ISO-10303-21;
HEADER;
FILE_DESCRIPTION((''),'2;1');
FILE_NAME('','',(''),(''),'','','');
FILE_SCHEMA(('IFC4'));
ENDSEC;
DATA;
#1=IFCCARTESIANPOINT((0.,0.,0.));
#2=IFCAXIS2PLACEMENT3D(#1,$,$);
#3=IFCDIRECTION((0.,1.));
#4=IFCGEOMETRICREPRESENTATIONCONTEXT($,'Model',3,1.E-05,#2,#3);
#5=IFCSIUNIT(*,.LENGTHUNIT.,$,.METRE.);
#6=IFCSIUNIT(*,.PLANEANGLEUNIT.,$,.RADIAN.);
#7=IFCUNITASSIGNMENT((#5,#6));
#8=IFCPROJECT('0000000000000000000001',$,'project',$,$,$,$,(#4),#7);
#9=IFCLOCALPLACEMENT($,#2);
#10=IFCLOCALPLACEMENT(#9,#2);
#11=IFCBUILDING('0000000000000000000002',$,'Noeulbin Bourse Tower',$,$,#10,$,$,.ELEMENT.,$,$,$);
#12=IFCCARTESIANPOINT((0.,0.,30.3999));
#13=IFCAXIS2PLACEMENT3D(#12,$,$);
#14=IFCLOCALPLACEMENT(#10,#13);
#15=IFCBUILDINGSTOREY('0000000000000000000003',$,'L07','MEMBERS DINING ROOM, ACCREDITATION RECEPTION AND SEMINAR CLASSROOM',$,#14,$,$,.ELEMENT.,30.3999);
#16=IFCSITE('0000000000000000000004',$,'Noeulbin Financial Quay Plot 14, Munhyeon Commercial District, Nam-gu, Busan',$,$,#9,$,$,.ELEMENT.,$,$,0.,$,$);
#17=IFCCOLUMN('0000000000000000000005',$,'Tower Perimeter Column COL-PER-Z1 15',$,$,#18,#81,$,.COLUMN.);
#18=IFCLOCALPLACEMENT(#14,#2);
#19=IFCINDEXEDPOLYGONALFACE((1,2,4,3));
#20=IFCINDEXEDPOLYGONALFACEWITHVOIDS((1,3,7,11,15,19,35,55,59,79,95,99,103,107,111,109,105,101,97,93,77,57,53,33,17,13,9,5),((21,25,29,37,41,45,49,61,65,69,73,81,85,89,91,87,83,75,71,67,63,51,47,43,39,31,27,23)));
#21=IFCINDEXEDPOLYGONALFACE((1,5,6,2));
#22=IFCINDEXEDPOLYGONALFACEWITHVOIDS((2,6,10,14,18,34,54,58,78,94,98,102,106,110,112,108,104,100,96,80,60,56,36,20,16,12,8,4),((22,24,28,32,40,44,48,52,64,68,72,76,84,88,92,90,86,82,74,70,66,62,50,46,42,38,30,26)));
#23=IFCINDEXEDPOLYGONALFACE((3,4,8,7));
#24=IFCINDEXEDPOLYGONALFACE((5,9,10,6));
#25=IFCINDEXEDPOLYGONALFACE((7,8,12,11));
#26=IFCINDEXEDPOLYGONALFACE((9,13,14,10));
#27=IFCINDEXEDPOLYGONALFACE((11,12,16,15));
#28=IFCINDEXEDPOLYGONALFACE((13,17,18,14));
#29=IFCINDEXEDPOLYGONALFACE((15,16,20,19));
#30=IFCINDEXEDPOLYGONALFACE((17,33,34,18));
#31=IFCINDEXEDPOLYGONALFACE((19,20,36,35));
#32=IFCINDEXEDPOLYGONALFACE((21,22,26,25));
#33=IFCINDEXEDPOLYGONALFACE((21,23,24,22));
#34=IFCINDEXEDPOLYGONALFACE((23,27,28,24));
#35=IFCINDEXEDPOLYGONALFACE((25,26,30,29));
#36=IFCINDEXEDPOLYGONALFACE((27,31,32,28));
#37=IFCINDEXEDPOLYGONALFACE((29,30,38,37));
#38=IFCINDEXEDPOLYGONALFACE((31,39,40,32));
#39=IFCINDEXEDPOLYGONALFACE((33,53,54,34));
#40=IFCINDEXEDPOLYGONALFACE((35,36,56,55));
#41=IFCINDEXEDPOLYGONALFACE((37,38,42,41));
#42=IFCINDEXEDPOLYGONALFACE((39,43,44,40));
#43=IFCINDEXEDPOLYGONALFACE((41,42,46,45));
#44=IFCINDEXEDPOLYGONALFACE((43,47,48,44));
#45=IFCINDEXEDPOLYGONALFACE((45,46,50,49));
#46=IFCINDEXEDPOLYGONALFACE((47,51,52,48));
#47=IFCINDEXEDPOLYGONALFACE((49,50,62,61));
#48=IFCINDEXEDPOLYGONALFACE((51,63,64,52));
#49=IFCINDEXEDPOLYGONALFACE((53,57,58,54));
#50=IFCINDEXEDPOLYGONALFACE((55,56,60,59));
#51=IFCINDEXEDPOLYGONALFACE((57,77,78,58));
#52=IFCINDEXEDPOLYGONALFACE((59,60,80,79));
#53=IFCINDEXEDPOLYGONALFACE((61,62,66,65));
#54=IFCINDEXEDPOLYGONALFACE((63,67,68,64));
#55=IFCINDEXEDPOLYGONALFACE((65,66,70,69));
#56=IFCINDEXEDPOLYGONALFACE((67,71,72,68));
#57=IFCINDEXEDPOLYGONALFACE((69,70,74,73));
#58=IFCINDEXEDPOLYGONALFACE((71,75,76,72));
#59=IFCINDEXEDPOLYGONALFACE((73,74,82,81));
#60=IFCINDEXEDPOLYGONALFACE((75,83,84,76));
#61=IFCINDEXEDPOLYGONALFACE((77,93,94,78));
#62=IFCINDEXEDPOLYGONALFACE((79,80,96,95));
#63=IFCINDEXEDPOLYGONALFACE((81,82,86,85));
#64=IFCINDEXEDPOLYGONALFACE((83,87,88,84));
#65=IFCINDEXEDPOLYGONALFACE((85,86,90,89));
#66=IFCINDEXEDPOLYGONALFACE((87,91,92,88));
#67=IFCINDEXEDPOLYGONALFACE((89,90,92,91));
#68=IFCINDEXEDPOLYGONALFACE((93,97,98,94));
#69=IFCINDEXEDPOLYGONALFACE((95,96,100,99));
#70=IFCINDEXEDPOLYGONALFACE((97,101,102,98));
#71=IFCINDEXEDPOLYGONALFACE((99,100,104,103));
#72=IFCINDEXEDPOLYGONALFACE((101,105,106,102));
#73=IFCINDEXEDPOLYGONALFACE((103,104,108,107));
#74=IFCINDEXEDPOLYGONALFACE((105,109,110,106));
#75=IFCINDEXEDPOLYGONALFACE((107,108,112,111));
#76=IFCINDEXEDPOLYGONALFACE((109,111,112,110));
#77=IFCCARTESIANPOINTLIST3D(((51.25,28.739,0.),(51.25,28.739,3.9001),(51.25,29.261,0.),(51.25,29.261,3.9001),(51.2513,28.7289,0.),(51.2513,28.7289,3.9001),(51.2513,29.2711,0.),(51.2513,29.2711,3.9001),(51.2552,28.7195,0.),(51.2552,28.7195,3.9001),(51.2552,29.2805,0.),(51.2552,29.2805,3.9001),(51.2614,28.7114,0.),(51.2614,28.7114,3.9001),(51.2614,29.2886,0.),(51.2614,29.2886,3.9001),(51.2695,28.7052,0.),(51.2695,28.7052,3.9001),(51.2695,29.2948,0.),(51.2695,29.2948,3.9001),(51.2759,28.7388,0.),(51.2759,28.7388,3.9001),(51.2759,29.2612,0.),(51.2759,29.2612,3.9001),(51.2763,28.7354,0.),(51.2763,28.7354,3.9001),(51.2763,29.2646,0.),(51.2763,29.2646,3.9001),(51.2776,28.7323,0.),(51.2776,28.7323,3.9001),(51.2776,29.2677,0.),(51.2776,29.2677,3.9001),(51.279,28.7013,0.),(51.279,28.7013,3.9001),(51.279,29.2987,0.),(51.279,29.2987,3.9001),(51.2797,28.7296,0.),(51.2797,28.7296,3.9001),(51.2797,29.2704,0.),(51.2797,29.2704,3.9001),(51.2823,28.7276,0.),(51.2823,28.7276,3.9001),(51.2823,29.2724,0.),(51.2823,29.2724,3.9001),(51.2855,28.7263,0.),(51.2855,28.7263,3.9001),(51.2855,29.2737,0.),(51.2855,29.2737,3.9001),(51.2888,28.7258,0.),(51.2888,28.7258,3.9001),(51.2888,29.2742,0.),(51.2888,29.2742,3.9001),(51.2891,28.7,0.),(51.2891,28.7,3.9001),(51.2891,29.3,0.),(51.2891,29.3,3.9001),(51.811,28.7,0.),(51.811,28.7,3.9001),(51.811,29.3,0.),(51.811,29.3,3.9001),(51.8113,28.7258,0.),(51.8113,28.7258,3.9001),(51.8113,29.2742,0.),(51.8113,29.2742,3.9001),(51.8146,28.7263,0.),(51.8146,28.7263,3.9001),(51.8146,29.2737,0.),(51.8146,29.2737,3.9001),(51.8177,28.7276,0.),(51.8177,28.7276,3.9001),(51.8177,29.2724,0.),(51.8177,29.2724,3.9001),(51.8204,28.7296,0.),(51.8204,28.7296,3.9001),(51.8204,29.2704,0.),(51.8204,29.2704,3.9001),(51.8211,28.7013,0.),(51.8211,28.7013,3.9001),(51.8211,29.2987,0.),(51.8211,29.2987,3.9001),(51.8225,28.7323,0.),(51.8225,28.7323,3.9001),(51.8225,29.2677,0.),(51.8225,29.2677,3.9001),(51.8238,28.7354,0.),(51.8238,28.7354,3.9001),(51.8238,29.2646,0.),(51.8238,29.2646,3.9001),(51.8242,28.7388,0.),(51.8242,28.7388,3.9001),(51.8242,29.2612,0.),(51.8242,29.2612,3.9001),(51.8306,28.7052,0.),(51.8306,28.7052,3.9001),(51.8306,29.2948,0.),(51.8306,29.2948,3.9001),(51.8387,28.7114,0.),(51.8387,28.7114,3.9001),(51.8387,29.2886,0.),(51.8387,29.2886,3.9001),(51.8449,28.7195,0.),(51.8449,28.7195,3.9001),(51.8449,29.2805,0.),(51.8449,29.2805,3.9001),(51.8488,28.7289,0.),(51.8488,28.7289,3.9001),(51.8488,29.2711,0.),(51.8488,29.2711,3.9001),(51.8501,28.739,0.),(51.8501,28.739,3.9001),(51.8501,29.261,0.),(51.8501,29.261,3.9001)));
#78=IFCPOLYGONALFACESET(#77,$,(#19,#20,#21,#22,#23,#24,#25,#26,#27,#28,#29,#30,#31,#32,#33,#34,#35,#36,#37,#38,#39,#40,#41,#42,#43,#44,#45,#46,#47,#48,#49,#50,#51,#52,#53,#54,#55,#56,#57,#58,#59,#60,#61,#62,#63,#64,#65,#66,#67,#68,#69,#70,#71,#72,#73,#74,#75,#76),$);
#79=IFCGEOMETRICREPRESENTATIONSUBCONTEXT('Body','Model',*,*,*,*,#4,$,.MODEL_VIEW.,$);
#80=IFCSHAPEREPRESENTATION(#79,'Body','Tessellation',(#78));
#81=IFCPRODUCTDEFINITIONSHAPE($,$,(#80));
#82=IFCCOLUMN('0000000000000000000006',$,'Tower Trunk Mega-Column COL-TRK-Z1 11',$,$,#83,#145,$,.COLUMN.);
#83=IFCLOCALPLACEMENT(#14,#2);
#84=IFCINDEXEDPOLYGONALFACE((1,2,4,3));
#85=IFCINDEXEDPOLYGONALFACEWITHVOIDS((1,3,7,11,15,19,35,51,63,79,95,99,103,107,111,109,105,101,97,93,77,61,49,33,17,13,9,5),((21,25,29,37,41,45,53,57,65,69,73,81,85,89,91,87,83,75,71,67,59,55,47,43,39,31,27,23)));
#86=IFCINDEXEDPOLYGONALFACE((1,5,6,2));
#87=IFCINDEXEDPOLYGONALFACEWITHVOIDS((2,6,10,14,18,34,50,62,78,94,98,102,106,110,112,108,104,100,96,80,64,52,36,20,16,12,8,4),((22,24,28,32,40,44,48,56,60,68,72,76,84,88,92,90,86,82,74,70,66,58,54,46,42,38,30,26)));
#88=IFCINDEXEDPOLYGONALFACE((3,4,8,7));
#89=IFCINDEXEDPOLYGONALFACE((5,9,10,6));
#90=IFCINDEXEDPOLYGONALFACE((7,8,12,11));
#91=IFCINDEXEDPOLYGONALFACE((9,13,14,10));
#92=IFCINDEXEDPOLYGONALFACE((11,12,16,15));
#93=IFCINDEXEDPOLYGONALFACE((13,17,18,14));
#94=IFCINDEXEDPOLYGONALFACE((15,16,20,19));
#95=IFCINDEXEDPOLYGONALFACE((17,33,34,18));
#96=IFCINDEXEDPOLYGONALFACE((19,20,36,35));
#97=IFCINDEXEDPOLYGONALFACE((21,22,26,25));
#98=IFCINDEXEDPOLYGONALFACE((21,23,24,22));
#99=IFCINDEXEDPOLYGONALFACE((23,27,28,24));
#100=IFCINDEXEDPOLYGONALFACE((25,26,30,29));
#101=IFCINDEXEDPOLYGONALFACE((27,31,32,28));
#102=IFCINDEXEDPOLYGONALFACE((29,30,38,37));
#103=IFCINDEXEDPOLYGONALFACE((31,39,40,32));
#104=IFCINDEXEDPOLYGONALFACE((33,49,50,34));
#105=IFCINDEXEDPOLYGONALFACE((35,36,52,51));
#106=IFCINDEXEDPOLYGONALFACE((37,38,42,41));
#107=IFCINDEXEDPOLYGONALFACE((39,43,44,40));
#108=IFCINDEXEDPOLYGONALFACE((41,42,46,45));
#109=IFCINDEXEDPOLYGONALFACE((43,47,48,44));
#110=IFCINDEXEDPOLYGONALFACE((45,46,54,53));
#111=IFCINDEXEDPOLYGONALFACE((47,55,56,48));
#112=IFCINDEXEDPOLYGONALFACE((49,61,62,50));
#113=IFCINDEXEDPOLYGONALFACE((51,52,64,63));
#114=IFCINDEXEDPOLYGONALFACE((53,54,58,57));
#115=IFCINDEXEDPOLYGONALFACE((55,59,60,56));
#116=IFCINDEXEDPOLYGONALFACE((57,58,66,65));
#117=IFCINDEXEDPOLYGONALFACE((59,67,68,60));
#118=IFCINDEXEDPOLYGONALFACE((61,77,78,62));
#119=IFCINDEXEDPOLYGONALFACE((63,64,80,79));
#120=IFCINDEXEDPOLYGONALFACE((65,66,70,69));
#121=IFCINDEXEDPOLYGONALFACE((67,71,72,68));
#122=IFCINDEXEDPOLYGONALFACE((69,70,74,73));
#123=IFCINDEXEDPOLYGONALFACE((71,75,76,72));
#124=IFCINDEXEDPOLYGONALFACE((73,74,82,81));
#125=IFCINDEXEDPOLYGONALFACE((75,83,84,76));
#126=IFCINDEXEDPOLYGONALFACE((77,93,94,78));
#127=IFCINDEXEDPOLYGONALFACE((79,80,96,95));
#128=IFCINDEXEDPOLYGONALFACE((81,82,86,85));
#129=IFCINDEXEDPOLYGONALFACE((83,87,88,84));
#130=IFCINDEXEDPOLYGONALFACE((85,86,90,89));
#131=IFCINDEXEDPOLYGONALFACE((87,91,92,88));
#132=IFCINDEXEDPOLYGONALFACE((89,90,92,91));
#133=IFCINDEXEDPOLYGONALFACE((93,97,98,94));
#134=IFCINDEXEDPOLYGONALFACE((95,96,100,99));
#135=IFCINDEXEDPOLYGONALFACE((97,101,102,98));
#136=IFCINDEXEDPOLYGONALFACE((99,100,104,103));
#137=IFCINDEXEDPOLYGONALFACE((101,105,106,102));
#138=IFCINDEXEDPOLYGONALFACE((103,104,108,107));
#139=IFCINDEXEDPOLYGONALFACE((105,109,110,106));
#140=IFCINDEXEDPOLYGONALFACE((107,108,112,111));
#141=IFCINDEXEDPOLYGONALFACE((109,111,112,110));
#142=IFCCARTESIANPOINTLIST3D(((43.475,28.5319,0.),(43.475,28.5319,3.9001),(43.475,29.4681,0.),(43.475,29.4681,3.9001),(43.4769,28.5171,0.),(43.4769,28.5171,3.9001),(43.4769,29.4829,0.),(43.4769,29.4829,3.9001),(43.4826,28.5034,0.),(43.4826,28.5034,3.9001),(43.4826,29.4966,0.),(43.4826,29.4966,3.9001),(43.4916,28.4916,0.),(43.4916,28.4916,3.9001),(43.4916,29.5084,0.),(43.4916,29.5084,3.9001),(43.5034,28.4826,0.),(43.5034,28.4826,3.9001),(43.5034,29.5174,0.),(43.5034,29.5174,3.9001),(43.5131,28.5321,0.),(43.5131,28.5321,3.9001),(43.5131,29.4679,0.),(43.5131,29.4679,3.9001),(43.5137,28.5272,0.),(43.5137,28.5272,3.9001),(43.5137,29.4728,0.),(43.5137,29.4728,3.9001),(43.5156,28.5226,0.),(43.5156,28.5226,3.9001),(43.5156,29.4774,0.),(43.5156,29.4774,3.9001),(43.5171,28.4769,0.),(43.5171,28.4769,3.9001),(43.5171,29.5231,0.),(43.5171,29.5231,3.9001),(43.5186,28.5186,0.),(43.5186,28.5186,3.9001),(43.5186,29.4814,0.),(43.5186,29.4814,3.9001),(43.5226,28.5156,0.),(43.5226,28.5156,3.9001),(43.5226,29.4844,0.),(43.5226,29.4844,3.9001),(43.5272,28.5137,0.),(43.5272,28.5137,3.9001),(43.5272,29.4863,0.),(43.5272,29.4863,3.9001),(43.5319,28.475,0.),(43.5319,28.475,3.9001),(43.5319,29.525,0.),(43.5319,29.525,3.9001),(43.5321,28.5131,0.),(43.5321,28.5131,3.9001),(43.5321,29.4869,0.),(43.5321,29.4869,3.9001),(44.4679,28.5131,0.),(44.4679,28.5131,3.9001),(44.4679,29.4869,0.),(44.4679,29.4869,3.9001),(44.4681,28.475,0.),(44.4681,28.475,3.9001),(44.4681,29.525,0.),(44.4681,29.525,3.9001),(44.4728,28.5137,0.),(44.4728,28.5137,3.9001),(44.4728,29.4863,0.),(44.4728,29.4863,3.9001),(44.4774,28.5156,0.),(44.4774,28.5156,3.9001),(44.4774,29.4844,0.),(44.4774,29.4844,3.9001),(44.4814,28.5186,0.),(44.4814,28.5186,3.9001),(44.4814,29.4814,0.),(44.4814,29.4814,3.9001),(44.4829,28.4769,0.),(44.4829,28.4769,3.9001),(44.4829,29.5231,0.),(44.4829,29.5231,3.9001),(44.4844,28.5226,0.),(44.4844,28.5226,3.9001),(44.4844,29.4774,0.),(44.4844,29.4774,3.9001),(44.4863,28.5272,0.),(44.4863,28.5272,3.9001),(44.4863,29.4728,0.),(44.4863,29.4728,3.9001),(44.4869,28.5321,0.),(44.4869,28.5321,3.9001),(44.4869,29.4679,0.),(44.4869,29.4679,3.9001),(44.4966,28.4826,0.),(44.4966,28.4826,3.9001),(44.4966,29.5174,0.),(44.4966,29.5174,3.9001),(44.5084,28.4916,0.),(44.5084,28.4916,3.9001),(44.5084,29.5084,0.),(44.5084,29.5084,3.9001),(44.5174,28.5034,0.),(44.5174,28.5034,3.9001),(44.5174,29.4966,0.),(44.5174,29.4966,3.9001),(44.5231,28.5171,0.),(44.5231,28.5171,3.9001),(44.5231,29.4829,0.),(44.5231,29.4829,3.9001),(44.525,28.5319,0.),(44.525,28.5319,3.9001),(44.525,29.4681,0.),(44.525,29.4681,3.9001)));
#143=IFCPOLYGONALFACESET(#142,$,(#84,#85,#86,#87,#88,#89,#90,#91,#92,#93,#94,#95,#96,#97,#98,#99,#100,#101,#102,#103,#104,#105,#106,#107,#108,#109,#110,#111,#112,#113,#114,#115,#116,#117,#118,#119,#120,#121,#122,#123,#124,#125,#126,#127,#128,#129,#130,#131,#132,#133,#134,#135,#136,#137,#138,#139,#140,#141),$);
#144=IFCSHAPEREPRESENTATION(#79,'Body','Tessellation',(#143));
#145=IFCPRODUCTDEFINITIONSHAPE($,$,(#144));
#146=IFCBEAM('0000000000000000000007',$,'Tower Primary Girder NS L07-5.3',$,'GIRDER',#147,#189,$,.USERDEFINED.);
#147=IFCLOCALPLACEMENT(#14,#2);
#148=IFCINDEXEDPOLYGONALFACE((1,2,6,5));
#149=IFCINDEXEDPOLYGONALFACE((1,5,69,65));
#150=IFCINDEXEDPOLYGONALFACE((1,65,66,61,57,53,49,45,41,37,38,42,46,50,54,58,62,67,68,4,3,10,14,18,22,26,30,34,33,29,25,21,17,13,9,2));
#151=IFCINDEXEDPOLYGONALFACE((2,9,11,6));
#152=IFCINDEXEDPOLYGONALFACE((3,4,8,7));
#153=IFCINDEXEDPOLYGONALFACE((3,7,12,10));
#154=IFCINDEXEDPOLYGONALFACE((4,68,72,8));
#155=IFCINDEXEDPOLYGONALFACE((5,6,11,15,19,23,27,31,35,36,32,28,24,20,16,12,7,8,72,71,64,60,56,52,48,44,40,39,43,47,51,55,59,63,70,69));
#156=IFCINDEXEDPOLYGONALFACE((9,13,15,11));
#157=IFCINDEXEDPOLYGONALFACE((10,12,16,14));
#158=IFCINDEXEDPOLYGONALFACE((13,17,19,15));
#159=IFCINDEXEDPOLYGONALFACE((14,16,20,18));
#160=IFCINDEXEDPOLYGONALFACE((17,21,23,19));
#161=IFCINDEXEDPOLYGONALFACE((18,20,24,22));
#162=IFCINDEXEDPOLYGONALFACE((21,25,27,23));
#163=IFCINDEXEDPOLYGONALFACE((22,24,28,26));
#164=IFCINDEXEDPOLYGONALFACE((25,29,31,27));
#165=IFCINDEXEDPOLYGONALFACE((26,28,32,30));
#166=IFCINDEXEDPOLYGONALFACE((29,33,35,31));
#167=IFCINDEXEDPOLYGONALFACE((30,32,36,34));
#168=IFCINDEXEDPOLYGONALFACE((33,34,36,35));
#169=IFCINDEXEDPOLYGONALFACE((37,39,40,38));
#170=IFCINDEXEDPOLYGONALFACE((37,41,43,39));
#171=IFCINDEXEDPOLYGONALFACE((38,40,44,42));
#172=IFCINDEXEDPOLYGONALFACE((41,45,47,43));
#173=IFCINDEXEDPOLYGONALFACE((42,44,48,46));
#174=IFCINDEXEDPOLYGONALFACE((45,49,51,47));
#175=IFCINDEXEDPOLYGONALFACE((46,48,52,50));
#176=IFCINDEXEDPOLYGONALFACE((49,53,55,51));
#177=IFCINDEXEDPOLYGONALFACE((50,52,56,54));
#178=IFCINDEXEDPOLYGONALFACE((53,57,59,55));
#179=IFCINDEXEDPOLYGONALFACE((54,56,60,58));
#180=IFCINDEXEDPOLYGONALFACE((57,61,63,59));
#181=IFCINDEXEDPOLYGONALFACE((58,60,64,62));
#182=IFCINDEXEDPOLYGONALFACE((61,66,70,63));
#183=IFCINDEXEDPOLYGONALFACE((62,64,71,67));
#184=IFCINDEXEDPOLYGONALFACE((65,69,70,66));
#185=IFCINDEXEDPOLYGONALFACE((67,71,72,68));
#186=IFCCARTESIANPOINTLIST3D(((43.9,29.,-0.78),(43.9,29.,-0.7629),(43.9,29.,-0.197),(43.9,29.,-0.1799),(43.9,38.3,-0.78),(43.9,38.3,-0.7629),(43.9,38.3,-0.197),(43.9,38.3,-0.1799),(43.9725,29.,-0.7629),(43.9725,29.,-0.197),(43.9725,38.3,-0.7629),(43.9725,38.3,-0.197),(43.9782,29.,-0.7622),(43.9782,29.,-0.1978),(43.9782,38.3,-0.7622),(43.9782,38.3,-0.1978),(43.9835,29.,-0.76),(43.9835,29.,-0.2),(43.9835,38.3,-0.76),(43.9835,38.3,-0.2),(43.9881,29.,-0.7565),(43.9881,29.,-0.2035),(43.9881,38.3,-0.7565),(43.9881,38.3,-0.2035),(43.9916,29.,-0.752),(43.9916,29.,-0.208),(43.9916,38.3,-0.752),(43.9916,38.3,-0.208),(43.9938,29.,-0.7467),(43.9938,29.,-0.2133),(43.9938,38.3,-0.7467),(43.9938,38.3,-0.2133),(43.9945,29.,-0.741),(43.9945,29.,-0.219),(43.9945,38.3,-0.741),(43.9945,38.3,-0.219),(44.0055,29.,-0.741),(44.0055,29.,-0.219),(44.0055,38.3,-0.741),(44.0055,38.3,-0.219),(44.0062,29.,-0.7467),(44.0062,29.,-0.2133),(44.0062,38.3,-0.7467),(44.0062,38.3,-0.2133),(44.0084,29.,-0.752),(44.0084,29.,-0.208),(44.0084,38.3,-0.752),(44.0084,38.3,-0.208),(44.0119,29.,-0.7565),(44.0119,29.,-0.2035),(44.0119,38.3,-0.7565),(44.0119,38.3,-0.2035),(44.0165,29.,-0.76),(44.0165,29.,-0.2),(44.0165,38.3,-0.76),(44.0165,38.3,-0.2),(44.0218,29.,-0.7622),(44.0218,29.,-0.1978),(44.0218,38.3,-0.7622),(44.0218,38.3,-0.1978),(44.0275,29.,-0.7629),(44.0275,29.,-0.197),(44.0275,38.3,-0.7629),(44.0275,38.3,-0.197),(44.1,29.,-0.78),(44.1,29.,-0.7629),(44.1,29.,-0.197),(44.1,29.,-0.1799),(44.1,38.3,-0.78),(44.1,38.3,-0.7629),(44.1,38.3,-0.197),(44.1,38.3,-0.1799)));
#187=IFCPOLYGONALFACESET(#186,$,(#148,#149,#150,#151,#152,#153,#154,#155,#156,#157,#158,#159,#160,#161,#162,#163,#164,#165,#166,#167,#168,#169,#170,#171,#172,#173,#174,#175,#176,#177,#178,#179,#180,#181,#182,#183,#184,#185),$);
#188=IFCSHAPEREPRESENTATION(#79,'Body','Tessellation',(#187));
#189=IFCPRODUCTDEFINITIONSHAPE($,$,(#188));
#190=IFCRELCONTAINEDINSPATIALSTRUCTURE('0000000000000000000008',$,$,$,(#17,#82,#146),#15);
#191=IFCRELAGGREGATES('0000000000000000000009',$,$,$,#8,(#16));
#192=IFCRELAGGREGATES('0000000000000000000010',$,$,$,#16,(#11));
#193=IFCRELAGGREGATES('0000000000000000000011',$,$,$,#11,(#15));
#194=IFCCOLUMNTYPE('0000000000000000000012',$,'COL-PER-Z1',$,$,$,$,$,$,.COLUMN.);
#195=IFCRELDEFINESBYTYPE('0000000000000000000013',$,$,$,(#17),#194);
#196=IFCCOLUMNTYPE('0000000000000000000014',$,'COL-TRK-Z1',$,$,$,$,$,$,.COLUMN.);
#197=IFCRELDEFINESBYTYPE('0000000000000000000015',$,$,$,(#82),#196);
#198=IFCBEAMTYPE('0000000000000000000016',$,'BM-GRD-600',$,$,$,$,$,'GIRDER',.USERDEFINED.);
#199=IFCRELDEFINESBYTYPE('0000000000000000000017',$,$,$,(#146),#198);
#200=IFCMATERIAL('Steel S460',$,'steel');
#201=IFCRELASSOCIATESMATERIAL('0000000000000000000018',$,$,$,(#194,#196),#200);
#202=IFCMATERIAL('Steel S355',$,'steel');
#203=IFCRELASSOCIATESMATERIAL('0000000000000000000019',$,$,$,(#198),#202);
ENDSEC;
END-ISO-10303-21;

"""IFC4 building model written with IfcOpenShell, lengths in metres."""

from ifc_helpers import new_model, si_unit, direction, frame, origin, origin_2d, place, context, subcontext, project, spatial, hollow_rectangle, i_section, extrude, material, material_profile, profile_set, type_object, element, save


model = new_model("IFC4")

# Units and contexts
model_context = context("Model", 3, precision=1e-05, world=origin(), true_north=direction((0.0, 1.0)))
body_context = subcontext(model_context, "Body", "Model", "MODEL_VIEW")
ifc_project = project(units=[si_unit("LENGTHUNIT", "METRE"), si_unit("PLANEANGLEUNIT", "RADIAN")], contexts=[model_context])

# Site, building, storey
site_placement = place(None, origin())
site = spatial("IfcSite", under=ifc_project, at=site_placement, Name="Noeulbin Financial Quay Plot 14, Munhyeon Commercial District, Nam-gu, Busan", CompositionType="ELEMENT", RefElevation=0.0)
building_placement = place(site_placement, origin())
building = spatial("IfcBuilding", under=site, at=building_placement, Name="Noeulbin Bourse Tower", CompositionType="ELEMENT")
storey_placement = place(building_placement, frame((0.0, 0.0, 30.3999)))
storey = spatial("IfcBuildingStorey", under=building, at=storey_placement, Name="L07", Description="MEMBERS DINING ROOM, ACCREDITATION RECEPTION AND SEMINAR CLASSROOM", CompositionType="ELEMENT", Elevation=30.3999)

# Columns
ifc_material_1 = material(Name="Steel S460", Category="steel")
ifc_material_profile_1 = material_profile(ifc_material_1, hollow_rectangle(XDim=0.6001, YDim=0.6001, WallThickness=0.0259, InnerFilletRadius=0.0129, OuterFilletRadius=0.0391, at=origin_2d()), Name="BOX-600x600x26", Category="LoadBearing")
ifc_profile_set_1 = profile_set([ifc_material_profile_1], Name="Steel S460")
column_type_1 = type_object("IfcColumnType", Name="COL-PER-Z1", PredefinedType="COLUMN", material=ifc_profile_set_1)
column_1_placement = place(storey_placement, frame((51.55, 29.0, 0.0), z_axis=(0.0, 0.0, 1.0), x_axis=(1.0, 0.0, 0.0)))
element("IfcColumn", 1, at=column_1_placement, inside=storey, type_object=column_type_1, Name="Tower Perimeter Column COL-PER-Z1 15", PredefinedType="COLUMN", context=body_context, shape_type="SweptSolid", body=[
    extrude(hollow_rectangle(XDim=0.6001, YDim=0.6001, WallThickness=0.0259, InnerFilletRadius=0.0129, OuterFilletRadius=0.0391, at=origin_2d()), origin(), (0.0, 0.0, 1.0), 3.9001),
])
ifc_material_profile_2 = material_profile(ifc_material_1, hollow_rectangle(XDim=1.05, YDim=1.05, WallThickness=0.0381, InnerFilletRadius=0.019, OuterFilletRadius=0.0569, at=origin_2d()), Name="BOX-1050x1050x38", Category="LoadBearing")
ifc_profile_set_2 = profile_set([ifc_material_profile_2], Name="Steel S460")
column_type_2 = type_object("IfcColumnType", Name="COL-TRK-Z1", PredefinedType="COLUMN", material=ifc_profile_set_2)
column_2_placement = place(storey_placement, frame((44.0, 29.0, 0.0), z_axis=(0.0, 0.0, 1.0), x_axis=(1.0, 0.0, 0.0)))
element("IfcColumn", 2, at=column_2_placement, inside=storey, type_object=column_type_2, Name="Tower Trunk Mega-Column COL-TRK-Z1 11", PredefinedType="COLUMN", context=body_context, shape_type="SweptSolid", body=[
    extrude(hollow_rectangle(XDim=1.05, YDim=1.05, WallThickness=0.0381, InnerFilletRadius=0.019, OuterFilletRadius=0.0569, at=origin_2d()), origin(), (0.0, 0.0, 1.0), 3.9001),
])

# Beam
ifc_material_2 = material(Name="Steel S355", Category="steel")
ifc_material_profile_3 = material_profile(ifc_material_2, i_section(OverallWidth=0.2, OverallDepth=0.6001, WebThickness=0.011, FlangeThickness=0.0171, FilletRadius=0.022, at=origin_2d()), Name="H-600x200x11x17", Category="LoadBearing")
ifc_profile_set_3 = profile_set([ifc_material_profile_3], Name="Steel S355")
beam_type_1 = type_object("IfcBeamType", Name="BM-GRD-600", ElementType="GIRDER", PredefinedType="USERDEFINED", material=ifc_profile_set_3)
beam_1_placement = place(storey_placement, frame((44.0, 29.0, -0.48), z_axis=(0.0, 1.0, 0.0), x_axis=(-1.0, 0.0, 0.0)))
element("IfcBeam", 3, at=beam_1_placement, inside=storey, type_object=beam_type_1, Name="Tower Primary Girder NS L07-5.3", ObjectType="GIRDER", PredefinedType="USERDEFINED", context=body_context, shape_type="SweptSolid", body=[
    extrude(i_section(OverallWidth=0.2, OverallDepth=0.6001, WebThickness=0.011, FlangeThickness=0.0171, FilletRadius=0.022, at=origin_2d()), origin(), (0.0, 0.0, 1.0), 9.3),
])

save(model, "model.ifc")
